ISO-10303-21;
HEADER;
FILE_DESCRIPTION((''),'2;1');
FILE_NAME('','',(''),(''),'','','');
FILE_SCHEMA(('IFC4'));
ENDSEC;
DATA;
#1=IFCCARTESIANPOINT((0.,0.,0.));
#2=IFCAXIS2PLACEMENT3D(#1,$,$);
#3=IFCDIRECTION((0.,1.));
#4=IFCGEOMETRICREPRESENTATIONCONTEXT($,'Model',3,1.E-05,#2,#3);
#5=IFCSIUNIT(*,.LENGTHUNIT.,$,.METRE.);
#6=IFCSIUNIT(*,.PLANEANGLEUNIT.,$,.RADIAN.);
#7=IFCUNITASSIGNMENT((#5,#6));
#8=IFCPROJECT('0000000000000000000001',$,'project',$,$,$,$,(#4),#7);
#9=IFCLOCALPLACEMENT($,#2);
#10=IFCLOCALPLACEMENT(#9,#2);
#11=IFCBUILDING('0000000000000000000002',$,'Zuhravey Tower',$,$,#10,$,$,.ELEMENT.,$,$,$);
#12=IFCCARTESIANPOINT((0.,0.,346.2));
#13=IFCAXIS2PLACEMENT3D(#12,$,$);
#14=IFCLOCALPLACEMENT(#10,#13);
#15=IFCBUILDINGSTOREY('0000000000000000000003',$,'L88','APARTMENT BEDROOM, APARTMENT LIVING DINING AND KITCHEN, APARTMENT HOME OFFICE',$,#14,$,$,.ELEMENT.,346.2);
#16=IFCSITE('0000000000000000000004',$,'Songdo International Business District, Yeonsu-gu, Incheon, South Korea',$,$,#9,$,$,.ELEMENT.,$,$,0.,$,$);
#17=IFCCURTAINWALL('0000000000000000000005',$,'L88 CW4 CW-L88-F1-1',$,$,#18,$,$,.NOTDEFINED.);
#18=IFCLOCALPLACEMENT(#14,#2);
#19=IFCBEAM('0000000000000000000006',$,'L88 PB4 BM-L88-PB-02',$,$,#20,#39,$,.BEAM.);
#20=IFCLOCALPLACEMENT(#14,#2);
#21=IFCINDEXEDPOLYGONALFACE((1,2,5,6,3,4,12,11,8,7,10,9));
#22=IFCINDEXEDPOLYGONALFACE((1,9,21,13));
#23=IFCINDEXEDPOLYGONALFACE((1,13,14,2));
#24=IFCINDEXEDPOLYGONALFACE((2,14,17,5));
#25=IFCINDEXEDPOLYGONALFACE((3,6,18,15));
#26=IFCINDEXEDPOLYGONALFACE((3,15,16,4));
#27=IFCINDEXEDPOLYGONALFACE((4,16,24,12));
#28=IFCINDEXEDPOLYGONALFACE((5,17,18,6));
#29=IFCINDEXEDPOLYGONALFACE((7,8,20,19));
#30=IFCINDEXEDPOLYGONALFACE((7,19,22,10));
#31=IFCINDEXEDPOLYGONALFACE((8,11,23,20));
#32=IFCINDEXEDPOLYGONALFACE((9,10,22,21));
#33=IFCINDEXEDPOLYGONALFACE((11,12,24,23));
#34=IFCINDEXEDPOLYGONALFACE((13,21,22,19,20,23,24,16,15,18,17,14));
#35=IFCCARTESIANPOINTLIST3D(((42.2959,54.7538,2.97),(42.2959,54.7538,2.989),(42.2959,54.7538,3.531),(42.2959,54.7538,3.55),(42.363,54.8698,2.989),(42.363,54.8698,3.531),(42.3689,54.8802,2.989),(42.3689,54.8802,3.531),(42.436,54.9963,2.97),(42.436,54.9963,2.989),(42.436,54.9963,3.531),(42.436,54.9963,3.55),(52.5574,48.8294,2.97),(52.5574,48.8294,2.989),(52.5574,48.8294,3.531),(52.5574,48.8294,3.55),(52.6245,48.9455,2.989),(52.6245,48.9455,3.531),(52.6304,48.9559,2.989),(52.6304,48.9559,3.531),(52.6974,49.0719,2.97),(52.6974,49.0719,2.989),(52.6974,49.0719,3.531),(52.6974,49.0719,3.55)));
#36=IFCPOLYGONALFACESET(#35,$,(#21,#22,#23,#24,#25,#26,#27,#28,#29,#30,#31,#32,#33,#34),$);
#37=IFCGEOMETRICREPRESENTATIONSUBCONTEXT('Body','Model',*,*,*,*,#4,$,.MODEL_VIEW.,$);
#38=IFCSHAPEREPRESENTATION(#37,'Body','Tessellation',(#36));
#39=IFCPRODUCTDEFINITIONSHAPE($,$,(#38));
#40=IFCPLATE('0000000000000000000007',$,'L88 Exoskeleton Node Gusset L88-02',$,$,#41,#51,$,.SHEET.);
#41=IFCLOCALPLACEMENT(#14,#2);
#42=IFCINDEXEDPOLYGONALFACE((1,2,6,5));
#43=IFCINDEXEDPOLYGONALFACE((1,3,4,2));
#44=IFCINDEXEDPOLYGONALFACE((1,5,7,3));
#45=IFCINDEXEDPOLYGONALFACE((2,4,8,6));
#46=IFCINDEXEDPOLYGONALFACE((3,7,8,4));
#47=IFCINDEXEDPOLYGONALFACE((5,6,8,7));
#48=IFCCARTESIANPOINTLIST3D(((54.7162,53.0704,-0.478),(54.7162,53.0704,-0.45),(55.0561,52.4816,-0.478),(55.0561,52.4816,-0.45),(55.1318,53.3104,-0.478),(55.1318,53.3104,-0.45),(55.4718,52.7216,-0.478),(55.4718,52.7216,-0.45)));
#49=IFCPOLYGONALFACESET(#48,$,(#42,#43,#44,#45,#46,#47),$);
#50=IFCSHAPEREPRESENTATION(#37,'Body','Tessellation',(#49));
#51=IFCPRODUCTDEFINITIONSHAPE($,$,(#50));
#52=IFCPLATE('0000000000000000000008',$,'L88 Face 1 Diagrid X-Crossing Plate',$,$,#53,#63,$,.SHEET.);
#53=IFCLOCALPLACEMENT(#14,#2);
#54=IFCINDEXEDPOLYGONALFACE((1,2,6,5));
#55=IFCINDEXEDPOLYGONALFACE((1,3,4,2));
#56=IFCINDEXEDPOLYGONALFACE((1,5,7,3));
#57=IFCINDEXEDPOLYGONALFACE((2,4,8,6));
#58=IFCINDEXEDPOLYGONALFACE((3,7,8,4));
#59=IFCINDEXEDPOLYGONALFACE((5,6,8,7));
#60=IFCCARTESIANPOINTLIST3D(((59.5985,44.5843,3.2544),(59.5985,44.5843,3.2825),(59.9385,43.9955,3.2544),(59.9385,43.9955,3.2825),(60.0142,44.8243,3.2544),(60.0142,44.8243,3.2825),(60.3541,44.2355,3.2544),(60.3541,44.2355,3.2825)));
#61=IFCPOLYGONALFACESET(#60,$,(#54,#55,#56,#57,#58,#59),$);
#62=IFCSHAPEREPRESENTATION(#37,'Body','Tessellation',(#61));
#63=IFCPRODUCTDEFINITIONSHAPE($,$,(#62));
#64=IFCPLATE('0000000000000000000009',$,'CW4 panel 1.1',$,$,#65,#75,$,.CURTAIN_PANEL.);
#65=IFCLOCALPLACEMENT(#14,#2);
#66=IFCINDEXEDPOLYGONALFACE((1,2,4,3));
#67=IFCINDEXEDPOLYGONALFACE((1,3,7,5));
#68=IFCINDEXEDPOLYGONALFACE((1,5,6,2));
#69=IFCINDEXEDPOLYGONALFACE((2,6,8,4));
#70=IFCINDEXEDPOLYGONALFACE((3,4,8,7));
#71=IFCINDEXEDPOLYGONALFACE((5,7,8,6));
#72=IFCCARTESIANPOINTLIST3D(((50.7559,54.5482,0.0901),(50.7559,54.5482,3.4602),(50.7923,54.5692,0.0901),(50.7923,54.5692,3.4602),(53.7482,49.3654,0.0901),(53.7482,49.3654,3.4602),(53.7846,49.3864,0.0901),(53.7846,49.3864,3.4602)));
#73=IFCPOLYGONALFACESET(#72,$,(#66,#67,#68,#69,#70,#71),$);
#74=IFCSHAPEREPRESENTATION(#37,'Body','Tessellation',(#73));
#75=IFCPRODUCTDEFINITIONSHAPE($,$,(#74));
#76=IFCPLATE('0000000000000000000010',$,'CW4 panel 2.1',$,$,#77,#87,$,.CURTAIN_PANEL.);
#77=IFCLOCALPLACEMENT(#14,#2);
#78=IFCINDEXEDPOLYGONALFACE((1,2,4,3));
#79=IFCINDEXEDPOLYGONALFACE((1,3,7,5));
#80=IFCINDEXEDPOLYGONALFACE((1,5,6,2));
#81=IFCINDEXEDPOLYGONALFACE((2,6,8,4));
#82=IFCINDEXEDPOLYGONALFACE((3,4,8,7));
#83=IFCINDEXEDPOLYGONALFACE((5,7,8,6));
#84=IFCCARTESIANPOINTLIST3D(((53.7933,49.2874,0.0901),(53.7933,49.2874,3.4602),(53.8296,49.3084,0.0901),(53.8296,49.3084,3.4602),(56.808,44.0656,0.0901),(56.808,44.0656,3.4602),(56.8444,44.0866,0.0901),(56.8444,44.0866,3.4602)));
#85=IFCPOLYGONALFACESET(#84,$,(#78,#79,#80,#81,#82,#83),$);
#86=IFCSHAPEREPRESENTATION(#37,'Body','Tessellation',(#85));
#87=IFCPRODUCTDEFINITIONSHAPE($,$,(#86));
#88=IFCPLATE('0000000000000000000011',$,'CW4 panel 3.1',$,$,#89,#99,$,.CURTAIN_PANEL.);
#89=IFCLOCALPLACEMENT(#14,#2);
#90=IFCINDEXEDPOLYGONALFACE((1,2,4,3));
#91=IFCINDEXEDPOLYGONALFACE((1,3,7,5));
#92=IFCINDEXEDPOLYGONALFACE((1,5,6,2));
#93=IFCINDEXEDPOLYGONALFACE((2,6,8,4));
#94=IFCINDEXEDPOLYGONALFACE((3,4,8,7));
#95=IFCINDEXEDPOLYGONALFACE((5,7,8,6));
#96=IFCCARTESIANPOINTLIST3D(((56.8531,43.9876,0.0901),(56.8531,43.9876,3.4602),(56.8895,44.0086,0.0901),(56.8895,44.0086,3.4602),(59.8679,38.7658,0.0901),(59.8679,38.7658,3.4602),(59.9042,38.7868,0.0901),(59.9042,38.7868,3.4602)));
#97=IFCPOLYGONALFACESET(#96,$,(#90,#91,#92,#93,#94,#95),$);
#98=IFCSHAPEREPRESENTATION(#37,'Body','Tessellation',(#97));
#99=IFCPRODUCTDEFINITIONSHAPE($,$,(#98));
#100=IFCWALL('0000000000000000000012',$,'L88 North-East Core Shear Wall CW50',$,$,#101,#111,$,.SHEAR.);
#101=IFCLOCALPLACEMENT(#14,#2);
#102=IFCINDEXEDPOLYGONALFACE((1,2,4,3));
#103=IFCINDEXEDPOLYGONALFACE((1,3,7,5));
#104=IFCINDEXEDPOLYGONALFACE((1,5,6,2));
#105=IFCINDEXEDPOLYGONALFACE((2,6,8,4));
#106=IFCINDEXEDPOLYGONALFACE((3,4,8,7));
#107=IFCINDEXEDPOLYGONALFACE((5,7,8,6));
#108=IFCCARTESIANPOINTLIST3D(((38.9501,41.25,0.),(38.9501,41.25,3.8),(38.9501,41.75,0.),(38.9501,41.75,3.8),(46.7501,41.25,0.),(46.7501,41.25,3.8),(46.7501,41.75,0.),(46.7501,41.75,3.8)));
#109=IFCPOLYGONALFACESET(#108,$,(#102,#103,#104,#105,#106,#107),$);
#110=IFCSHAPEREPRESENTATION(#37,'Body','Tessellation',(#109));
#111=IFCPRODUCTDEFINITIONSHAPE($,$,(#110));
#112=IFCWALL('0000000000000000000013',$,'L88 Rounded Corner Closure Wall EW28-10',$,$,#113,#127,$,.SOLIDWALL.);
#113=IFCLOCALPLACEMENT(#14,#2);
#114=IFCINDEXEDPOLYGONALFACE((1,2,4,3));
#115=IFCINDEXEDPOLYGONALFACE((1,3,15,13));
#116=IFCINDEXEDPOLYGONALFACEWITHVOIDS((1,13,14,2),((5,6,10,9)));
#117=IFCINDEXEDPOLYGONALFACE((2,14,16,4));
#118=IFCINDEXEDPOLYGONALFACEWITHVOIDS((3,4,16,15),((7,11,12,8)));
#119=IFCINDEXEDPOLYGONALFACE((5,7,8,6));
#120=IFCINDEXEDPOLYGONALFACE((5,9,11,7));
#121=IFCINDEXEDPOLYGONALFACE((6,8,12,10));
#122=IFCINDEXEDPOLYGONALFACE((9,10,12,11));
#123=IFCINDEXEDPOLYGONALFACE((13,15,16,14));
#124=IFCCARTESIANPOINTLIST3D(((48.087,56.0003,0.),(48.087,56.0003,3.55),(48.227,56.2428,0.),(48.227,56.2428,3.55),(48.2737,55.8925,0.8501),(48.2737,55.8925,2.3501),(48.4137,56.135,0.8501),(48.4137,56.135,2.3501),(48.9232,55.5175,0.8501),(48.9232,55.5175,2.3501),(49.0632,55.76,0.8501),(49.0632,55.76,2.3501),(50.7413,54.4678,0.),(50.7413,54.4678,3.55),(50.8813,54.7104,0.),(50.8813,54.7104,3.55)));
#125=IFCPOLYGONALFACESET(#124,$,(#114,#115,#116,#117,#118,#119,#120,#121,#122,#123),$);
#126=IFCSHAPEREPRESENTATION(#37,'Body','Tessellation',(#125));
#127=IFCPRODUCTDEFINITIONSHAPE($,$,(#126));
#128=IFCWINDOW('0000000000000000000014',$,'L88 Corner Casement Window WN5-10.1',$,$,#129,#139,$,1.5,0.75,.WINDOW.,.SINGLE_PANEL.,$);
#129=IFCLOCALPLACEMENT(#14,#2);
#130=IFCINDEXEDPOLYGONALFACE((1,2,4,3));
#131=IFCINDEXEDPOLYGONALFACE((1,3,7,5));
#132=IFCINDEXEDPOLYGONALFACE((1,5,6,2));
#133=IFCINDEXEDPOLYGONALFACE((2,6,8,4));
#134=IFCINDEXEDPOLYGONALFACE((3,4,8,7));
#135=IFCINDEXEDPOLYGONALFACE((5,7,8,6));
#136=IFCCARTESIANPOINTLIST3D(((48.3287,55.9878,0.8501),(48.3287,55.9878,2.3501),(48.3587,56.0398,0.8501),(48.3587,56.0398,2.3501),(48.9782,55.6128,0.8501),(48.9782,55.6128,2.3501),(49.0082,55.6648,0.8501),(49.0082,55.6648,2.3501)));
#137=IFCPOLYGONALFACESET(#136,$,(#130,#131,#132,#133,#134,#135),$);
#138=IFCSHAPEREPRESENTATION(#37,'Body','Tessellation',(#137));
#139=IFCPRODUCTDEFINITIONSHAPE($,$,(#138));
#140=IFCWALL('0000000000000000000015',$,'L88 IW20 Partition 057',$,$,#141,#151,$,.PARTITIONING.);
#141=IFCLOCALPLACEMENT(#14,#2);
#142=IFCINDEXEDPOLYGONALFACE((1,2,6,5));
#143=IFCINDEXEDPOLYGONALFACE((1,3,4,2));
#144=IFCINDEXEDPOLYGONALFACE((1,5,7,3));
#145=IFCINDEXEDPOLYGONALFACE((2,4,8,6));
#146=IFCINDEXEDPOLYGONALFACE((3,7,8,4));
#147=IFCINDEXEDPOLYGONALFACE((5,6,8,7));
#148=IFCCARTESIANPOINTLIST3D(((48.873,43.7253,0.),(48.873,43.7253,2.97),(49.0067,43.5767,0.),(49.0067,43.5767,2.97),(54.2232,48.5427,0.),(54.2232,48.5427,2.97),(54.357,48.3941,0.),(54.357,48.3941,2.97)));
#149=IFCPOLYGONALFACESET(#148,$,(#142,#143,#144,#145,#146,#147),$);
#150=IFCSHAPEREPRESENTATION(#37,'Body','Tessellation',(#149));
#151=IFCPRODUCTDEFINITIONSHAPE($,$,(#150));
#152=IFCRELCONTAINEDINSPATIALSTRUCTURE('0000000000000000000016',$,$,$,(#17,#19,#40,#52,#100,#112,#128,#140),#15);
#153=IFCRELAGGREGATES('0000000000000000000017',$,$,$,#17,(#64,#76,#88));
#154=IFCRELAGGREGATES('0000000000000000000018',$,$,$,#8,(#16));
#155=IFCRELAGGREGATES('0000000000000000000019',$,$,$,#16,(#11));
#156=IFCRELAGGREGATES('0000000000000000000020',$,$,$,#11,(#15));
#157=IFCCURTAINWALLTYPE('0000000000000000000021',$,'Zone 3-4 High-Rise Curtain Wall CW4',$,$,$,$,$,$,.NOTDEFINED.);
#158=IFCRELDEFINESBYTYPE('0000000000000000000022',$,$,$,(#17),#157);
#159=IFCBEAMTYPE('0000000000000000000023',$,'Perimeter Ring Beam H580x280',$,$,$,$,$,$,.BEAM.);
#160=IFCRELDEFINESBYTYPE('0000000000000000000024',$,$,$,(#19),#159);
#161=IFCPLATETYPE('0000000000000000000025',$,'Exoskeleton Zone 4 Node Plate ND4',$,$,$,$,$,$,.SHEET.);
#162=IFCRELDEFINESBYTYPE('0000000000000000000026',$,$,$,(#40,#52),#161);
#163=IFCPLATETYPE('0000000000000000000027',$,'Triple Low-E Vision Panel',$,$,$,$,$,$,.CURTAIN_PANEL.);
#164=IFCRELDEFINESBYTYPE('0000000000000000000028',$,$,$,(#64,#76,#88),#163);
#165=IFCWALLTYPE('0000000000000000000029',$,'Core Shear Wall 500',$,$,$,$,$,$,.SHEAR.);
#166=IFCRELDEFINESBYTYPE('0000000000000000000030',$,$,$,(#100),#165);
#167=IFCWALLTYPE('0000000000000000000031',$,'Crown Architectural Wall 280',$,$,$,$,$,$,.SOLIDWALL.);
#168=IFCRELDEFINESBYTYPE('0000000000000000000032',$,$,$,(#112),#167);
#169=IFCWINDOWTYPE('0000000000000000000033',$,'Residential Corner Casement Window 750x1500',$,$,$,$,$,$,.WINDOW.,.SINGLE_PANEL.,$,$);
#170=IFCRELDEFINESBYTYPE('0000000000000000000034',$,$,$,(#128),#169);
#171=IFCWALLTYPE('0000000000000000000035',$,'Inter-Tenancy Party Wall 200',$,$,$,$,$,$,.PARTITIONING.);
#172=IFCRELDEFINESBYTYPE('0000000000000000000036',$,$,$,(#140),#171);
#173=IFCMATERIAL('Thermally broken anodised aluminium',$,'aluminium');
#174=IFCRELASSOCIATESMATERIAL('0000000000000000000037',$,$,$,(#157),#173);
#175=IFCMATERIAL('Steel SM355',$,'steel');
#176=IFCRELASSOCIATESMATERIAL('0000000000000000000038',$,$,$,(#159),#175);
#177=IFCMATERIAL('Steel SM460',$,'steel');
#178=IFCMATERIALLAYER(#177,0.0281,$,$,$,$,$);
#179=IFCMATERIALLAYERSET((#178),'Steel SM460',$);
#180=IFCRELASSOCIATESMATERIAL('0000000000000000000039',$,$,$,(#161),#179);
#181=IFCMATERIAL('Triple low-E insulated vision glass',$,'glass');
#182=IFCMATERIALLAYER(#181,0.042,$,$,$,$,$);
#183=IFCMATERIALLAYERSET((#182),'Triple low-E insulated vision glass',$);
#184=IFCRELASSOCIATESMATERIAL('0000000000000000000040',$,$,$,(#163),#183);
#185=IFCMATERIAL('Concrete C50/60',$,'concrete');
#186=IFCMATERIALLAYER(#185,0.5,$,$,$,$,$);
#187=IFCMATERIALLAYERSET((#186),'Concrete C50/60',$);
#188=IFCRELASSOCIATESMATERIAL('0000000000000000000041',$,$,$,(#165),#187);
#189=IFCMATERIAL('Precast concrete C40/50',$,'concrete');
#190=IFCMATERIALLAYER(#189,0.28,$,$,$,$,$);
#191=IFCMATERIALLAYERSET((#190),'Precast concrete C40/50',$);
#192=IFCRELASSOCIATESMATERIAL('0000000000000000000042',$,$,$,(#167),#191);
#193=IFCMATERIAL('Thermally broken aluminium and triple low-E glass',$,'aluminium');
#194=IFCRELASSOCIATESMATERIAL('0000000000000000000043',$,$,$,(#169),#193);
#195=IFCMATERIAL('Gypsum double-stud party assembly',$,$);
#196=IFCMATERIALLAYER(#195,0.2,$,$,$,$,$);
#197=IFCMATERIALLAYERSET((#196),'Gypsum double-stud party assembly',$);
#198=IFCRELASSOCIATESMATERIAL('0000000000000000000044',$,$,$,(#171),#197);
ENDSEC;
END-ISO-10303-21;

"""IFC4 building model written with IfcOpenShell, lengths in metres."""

from ifc_helpers import new_model, si_unit, direction, frame, frame_2d, origin, origin_2d, place, context, subcontext, project, spatial, rectangle, i_section, extrude, material, layer, layer_set, material_profile, profile_set, type_object, element, fill, aggregate, save


model = new_model("IFC4")

# Units and contexts
model_context = context("Model", 3, precision=1e-05, world=origin(), true_north=direction((0.0, 1.0)))
body_context = subcontext(model_context, "Body", "Model", "MODEL_VIEW")
ifc_project = project(units=[si_unit("LENGTHUNIT", "METRE"), si_unit("PLANEANGLEUNIT", "RADIAN")], contexts=[model_context])

# Site, building, storey
site_placement = place(None, origin())
site = spatial("IfcSite", under=ifc_project, at=site_placement, Name="Songdo International Business District, Yeonsu-gu, Incheon, South Korea", CompositionType="ELEMENT", RefElevation=0.0)
building_placement = place(site_placement, origin())
building = spatial("IfcBuilding", under=site, at=building_placement, Name="Zuhravey Tower", CompositionType="ELEMENT")
storey_placement = place(building_placement, frame((0.0, 0.0, 346.2)))
storey = spatial("IfcBuildingStorey", under=building, at=storey_placement, Name="L88", Description="APARTMENT BEDROOM, APARTMENT LIVING DINING AND KITCHEN, APARTMENT HOME OFFICE", CompositionType="ELEMENT", Elevation=346.2)

# Shared definitions
ifc_material_1 = material(Name="Concrete C50/60", Category="concrete")

# Shared definitions
ifc_material_2 = material(Name="Thermally broken anodised aluminium", Category="aluminium")
curtain_wall_type = type_object("IfcCurtainWallType", Name="Zone 3-4 High-Rise Curtain Wall CW4", PredefinedType="NOTDEFINED", material=ifc_material_2)

# Curtain wall
curtain_wall_1_placement = place(storey_placement, origin())
curtain_wall_1 = element("IfcCurtainWall", 1, at=curtain_wall_1_placement, inside=storey, type_object=curtain_wall_type, Name="L88 CW4 CW-L88-F1-1", PredefinedType="NOTDEFINED")

# Shared definitions
ifc_material_3 = material(Name="Steel SM355", Category="steel")

# Beam
ifc_material_profile_1 = material_profile(ifc_material_3, i_section(OverallWidth=0.28, OverallDepth=0.5801, WebThickness=0.012, FlangeThickness=0.019, at=origin_2d()), Name="H-580x280x12x19")
ifc_profile_set_1 = profile_set([ifc_material_profile_1], Name="Steel SM355")
beam_type = type_object("IfcBeamType", Name="Perimeter Ring Beam H580x280", PredefinedType="BEAM", material=ifc_profile_set_1)
beam_placement = place(storey_placement, frame((52.6274, 48.9507, 3.26), z_axis=(-0.866031, 0.499991, 0.0), x_axis=(-0.499991, -0.866031, 0.0)))
element("IfcBeam", 2, at=beam_placement, inside=storey, type_object=beam_type, Name="L88 PB4 BM-L88-PB-02", PredefinedType="BEAM", context=body_context, shape_type="SweptSolid", body=[
    extrude(i_section(OverallWidth=0.28, OverallDepth=0.5801, WebThickness=0.012, FlangeThickness=0.019, at=origin_2d()), origin(), (0.0, 0.0, 1.0), 11.8489),
])

# Plates
ifc_material_4 = material(Name="Steel SM460", Category="steel")
ifc_layer_1 = layer(ifc_material_4, 0.0281)
ifc_layer_set_1 = layer_set([ifc_layer_1], Name="Steel SM460")
plate_type_1 = type_object("IfcPlateType", Name="Exoskeleton Zone 4 Node Plate ND4", PredefinedType="SHEET", material=ifc_layer_set_1)
for number, where, z_axis, x_axis, name in (
    (3, (55.094, 52.896, -0.478), (0.0, 0.0, 1.0), (-0.5, 0.866025, 0.0), "L88 Exoskeleton Node Gusset L88-02"),
    (4, (59.9763, 44.4099, 3.2544), (0.0, 0.0, 1.0), (-0.5, 0.866025, 0.0), "L88 Face 1 Diagrid X-Crossing Plate"),
):
    element("IfcPlate", number, at=place(storey_placement, frame(where, z_axis=z_axis, x_axis=x_axis)), inside=storey, type_object=plate_type_1, Name=name, PredefinedType="SHEET", context=body_context, shape_type="SweptSolid", body=[
        extrude(rectangle(XDim=0.6799, YDim=0.48, at=origin_2d()), origin(), (0.0, 0.0, 1.0), 0.0281),
    ])

# Plates
ifc_material_5 = material(Name="Triple low-E insulated vision glass", Category="glass")
ifc_layer_2 = layer(ifc_material_5, 0.042)
ifc_layer_set_2 = layer_set([ifc_layer_2], Name="Triple low-E insulated vision glass")
plate_type_2 = type_object("IfcPlateType", Name="Triple Low-E Vision Panel", PredefinedType="CURTAIN_PANEL", material=ifc_layer_set_2)
plate_1_placement = place(storey_placement, frame((52.2703, 51.9673, 0.0901), z_axis=(0.0, 0.0, 1.0), x_axis=(0.5, -0.866026, 0.0)))
plate_1 = element("IfcPlate", 5, at=plate_1_placement, type_object=plate_type_2, Name="CW4 panel 1.1", PredefinedType="CURTAIN_PANEL", context=body_context, shape_type="SweptSolid", body=[
    extrude(rectangle(XDim=5.9846, YDim=0.042, at=origin_2d()), origin(), (0.0, 0.0, 1.0), 3.3701),
])
plate_2_placement = place(storey_placement, frame((55.3188, 46.687, 0.0901), z_axis=(0.0, 0.0, 1.0), x_axis=(0.5, -0.866026, 0.0)))
plate_2 = element("IfcPlate", 6, at=plate_2_placement, type_object=plate_type_2, Name="CW4 panel 2.1", PredefinedType="CURTAIN_PANEL", context=body_context, shape_type="SweptSolid", body=[
    extrude(rectangle(XDim=6.0295, YDim=0.042, at=origin_2d()), origin(), (0.0, 0.0, 1.0), 3.3701),
])
plate_3_placement = place(storey_placement, frame((58.3787, 41.3872, 0.0901), z_axis=(0.0, 0.0, 1.0), x_axis=(0.5, -0.866026, 0.0)))
plate_3 = element("IfcPlate", 7, at=plate_3_placement, type_object=plate_type_2, Name="CW4 panel 3.1", PredefinedType="CURTAIN_PANEL", context=body_context, shape_type="SweptSolid", body=[
    extrude(rectangle(XDim=6.0295, YDim=0.042, at=origin_2d()), origin(), (0.0, 0.0, 1.0), 3.3701),
])
aggregate(curtain_wall_1, [plate_1, plate_2, plate_3])

# Wall
ifc_layer_3 = layer(ifc_material_1, 0.5)
ifc_layer_set_3 = layer_set([ifc_layer_3], Name="Concrete C50/60")
wall_type_1 = type_object("IfcWallType", Name="Core Shear Wall 500", PredefinedType="SHEAR", material=ifc_layer_set_3)
wall_1_placement = place(storey_placement, frame((46.75, 41.5, 0.0), z_axis=(0.0, 0.0, 1.0), x_axis=(-1.0, 0.0, 0.0)))
element("IfcWall", 8, at=wall_1_placement, inside=storey, type_object=wall_type_1, Name="L88 North-East Core Shear Wall CW50", PredefinedType="SHEAR", context=body_context, shape_type="SweptSolid", body=[
    extrude(rectangle(XDim=7.8, YDim=0.5, at=frame_2d((3.8999, 0.0))), origin(), (0.0, 0.0, 1.0), 3.8),
])

# Wall, opening, window
ifc_material_6 = material(Name="Precast concrete C40/50", Category="concrete")
ifc_layer_4 = layer(ifc_material_6, 0.28)
ifc_layer_set_4 = layer_set([ifc_layer_4], Name="Precast concrete C40/50")
wall_type_2 = type_object("IfcWallType", Name="Crown Architectural Wall 280", PredefinedType="SOLIDWALL", material=ifc_layer_set_4)
wall_2_placement = place(storey_placement, frame((48.157, 56.1216, 0.0), z_axis=(0.0, 0.0, 1.0), x_axis=(0.866024, -0.500003, 0.0)))
wall_2 = element("IfcWall", 9, at=wall_2_placement, inside=storey, type_object=wall_type_2, Name="L88 Rounded Corner Closure Wall EW28-10", PredefinedType="SOLIDWALL", context=body_context, shape_type="SweptSolid", body=[
    extrude(rectangle(XDim=3.0649, YDim=0.28, at=frame_2d((1.5325, 0.0))), origin(), (0.0, 0.0, 1.0), 3.55),
])
opening_1_placement = place(wall_2_placement, frame((0.2156, 0.0, 0.8501)))
opening_1 = element("IfcOpeningElement", 10, at=opening_1_placement, cuts=wall_2, PredefinedType="OPENING", context=body_context, shape_type="SweptSolid", body=[
    extrude(rectangle(XDim=0.75, YDim=1.5, at=frame_2d((0.375, 0.75))), frame((0.0, 0.1521, 0.0), z_axis=(0.0, -1.0, 0.0), x_axis=(1.0, 0.0, 0.0)), (0.0, 0.0, 1.0), 0.304),
])
ifc_material_7 = material(Name="Thermally broken aluminium and triple low-E glass", Category="aluminium")
window_type = type_object("IfcWindowType", Name="Residential Corner Casement Window 750x1500", PartitioningType="SINGLE_PANEL", PredefinedType="WINDOW", material=ifc_material_7)
window_placement = place(opening_1_placement, origin())
window = element("IfcWindow", 11, at=window_placement, inside=storey, type_object=window_type, Name="L88 Corner Casement Window WN5-10.1", OverallHeight=1.5, OverallWidth=0.75, PartitioningType="SINGLE_PANEL", PredefinedType="WINDOW", context=body_context, shape_type="SweptSolid", body=[
    extrude(rectangle(XDim=0.75, YDim=1.5, at=frame_2d((0.375, 0.75))), frame((0.0, 0.03, 0.0), z_axis=(0.0, -1.0, 0.0), x_axis=(1.0, 0.0, 0.0)), (0.0, 0.0, 1.0), 0.0601),
])
fill(opening_1, window)

# Wall
ifc_material_8 = material(Name="Gypsum double-stud party assembly")
ifc_layer_5 = layer(ifc_material_8, 0.2)
ifc_layer_set_5 = layer_set([ifc_layer_5], Name="Gypsum double-stud party assembly")
wall_type_3 = type_object("IfcWallType", Name="Inter-Tenancy Party Wall 200", PredefinedType="PARTITIONING", material=ifc_layer_set_5)
wall_3_placement = place(storey_placement, frame((48.9399, 43.6511, 0.0), z_axis=(0.0, 0.0, 1.0), x_axis=(0.743151, 0.669124, 0.0)))
element("IfcWall", 12, at=wall_3_placement, inside=storey, type_object=wall_type_3, Name="L88 IW20 Partition 057", PredefinedType="PARTITIONING", context=body_context, shape_type="SweptSolid", body=[
    extrude(rectangle(XDim=7.1995, YDim=0.2, at=frame_2d((3.5996, 0.0))), origin(), (0.0, 0.0, 1.0), 2.97),
])

save(model, "model.ifc")
